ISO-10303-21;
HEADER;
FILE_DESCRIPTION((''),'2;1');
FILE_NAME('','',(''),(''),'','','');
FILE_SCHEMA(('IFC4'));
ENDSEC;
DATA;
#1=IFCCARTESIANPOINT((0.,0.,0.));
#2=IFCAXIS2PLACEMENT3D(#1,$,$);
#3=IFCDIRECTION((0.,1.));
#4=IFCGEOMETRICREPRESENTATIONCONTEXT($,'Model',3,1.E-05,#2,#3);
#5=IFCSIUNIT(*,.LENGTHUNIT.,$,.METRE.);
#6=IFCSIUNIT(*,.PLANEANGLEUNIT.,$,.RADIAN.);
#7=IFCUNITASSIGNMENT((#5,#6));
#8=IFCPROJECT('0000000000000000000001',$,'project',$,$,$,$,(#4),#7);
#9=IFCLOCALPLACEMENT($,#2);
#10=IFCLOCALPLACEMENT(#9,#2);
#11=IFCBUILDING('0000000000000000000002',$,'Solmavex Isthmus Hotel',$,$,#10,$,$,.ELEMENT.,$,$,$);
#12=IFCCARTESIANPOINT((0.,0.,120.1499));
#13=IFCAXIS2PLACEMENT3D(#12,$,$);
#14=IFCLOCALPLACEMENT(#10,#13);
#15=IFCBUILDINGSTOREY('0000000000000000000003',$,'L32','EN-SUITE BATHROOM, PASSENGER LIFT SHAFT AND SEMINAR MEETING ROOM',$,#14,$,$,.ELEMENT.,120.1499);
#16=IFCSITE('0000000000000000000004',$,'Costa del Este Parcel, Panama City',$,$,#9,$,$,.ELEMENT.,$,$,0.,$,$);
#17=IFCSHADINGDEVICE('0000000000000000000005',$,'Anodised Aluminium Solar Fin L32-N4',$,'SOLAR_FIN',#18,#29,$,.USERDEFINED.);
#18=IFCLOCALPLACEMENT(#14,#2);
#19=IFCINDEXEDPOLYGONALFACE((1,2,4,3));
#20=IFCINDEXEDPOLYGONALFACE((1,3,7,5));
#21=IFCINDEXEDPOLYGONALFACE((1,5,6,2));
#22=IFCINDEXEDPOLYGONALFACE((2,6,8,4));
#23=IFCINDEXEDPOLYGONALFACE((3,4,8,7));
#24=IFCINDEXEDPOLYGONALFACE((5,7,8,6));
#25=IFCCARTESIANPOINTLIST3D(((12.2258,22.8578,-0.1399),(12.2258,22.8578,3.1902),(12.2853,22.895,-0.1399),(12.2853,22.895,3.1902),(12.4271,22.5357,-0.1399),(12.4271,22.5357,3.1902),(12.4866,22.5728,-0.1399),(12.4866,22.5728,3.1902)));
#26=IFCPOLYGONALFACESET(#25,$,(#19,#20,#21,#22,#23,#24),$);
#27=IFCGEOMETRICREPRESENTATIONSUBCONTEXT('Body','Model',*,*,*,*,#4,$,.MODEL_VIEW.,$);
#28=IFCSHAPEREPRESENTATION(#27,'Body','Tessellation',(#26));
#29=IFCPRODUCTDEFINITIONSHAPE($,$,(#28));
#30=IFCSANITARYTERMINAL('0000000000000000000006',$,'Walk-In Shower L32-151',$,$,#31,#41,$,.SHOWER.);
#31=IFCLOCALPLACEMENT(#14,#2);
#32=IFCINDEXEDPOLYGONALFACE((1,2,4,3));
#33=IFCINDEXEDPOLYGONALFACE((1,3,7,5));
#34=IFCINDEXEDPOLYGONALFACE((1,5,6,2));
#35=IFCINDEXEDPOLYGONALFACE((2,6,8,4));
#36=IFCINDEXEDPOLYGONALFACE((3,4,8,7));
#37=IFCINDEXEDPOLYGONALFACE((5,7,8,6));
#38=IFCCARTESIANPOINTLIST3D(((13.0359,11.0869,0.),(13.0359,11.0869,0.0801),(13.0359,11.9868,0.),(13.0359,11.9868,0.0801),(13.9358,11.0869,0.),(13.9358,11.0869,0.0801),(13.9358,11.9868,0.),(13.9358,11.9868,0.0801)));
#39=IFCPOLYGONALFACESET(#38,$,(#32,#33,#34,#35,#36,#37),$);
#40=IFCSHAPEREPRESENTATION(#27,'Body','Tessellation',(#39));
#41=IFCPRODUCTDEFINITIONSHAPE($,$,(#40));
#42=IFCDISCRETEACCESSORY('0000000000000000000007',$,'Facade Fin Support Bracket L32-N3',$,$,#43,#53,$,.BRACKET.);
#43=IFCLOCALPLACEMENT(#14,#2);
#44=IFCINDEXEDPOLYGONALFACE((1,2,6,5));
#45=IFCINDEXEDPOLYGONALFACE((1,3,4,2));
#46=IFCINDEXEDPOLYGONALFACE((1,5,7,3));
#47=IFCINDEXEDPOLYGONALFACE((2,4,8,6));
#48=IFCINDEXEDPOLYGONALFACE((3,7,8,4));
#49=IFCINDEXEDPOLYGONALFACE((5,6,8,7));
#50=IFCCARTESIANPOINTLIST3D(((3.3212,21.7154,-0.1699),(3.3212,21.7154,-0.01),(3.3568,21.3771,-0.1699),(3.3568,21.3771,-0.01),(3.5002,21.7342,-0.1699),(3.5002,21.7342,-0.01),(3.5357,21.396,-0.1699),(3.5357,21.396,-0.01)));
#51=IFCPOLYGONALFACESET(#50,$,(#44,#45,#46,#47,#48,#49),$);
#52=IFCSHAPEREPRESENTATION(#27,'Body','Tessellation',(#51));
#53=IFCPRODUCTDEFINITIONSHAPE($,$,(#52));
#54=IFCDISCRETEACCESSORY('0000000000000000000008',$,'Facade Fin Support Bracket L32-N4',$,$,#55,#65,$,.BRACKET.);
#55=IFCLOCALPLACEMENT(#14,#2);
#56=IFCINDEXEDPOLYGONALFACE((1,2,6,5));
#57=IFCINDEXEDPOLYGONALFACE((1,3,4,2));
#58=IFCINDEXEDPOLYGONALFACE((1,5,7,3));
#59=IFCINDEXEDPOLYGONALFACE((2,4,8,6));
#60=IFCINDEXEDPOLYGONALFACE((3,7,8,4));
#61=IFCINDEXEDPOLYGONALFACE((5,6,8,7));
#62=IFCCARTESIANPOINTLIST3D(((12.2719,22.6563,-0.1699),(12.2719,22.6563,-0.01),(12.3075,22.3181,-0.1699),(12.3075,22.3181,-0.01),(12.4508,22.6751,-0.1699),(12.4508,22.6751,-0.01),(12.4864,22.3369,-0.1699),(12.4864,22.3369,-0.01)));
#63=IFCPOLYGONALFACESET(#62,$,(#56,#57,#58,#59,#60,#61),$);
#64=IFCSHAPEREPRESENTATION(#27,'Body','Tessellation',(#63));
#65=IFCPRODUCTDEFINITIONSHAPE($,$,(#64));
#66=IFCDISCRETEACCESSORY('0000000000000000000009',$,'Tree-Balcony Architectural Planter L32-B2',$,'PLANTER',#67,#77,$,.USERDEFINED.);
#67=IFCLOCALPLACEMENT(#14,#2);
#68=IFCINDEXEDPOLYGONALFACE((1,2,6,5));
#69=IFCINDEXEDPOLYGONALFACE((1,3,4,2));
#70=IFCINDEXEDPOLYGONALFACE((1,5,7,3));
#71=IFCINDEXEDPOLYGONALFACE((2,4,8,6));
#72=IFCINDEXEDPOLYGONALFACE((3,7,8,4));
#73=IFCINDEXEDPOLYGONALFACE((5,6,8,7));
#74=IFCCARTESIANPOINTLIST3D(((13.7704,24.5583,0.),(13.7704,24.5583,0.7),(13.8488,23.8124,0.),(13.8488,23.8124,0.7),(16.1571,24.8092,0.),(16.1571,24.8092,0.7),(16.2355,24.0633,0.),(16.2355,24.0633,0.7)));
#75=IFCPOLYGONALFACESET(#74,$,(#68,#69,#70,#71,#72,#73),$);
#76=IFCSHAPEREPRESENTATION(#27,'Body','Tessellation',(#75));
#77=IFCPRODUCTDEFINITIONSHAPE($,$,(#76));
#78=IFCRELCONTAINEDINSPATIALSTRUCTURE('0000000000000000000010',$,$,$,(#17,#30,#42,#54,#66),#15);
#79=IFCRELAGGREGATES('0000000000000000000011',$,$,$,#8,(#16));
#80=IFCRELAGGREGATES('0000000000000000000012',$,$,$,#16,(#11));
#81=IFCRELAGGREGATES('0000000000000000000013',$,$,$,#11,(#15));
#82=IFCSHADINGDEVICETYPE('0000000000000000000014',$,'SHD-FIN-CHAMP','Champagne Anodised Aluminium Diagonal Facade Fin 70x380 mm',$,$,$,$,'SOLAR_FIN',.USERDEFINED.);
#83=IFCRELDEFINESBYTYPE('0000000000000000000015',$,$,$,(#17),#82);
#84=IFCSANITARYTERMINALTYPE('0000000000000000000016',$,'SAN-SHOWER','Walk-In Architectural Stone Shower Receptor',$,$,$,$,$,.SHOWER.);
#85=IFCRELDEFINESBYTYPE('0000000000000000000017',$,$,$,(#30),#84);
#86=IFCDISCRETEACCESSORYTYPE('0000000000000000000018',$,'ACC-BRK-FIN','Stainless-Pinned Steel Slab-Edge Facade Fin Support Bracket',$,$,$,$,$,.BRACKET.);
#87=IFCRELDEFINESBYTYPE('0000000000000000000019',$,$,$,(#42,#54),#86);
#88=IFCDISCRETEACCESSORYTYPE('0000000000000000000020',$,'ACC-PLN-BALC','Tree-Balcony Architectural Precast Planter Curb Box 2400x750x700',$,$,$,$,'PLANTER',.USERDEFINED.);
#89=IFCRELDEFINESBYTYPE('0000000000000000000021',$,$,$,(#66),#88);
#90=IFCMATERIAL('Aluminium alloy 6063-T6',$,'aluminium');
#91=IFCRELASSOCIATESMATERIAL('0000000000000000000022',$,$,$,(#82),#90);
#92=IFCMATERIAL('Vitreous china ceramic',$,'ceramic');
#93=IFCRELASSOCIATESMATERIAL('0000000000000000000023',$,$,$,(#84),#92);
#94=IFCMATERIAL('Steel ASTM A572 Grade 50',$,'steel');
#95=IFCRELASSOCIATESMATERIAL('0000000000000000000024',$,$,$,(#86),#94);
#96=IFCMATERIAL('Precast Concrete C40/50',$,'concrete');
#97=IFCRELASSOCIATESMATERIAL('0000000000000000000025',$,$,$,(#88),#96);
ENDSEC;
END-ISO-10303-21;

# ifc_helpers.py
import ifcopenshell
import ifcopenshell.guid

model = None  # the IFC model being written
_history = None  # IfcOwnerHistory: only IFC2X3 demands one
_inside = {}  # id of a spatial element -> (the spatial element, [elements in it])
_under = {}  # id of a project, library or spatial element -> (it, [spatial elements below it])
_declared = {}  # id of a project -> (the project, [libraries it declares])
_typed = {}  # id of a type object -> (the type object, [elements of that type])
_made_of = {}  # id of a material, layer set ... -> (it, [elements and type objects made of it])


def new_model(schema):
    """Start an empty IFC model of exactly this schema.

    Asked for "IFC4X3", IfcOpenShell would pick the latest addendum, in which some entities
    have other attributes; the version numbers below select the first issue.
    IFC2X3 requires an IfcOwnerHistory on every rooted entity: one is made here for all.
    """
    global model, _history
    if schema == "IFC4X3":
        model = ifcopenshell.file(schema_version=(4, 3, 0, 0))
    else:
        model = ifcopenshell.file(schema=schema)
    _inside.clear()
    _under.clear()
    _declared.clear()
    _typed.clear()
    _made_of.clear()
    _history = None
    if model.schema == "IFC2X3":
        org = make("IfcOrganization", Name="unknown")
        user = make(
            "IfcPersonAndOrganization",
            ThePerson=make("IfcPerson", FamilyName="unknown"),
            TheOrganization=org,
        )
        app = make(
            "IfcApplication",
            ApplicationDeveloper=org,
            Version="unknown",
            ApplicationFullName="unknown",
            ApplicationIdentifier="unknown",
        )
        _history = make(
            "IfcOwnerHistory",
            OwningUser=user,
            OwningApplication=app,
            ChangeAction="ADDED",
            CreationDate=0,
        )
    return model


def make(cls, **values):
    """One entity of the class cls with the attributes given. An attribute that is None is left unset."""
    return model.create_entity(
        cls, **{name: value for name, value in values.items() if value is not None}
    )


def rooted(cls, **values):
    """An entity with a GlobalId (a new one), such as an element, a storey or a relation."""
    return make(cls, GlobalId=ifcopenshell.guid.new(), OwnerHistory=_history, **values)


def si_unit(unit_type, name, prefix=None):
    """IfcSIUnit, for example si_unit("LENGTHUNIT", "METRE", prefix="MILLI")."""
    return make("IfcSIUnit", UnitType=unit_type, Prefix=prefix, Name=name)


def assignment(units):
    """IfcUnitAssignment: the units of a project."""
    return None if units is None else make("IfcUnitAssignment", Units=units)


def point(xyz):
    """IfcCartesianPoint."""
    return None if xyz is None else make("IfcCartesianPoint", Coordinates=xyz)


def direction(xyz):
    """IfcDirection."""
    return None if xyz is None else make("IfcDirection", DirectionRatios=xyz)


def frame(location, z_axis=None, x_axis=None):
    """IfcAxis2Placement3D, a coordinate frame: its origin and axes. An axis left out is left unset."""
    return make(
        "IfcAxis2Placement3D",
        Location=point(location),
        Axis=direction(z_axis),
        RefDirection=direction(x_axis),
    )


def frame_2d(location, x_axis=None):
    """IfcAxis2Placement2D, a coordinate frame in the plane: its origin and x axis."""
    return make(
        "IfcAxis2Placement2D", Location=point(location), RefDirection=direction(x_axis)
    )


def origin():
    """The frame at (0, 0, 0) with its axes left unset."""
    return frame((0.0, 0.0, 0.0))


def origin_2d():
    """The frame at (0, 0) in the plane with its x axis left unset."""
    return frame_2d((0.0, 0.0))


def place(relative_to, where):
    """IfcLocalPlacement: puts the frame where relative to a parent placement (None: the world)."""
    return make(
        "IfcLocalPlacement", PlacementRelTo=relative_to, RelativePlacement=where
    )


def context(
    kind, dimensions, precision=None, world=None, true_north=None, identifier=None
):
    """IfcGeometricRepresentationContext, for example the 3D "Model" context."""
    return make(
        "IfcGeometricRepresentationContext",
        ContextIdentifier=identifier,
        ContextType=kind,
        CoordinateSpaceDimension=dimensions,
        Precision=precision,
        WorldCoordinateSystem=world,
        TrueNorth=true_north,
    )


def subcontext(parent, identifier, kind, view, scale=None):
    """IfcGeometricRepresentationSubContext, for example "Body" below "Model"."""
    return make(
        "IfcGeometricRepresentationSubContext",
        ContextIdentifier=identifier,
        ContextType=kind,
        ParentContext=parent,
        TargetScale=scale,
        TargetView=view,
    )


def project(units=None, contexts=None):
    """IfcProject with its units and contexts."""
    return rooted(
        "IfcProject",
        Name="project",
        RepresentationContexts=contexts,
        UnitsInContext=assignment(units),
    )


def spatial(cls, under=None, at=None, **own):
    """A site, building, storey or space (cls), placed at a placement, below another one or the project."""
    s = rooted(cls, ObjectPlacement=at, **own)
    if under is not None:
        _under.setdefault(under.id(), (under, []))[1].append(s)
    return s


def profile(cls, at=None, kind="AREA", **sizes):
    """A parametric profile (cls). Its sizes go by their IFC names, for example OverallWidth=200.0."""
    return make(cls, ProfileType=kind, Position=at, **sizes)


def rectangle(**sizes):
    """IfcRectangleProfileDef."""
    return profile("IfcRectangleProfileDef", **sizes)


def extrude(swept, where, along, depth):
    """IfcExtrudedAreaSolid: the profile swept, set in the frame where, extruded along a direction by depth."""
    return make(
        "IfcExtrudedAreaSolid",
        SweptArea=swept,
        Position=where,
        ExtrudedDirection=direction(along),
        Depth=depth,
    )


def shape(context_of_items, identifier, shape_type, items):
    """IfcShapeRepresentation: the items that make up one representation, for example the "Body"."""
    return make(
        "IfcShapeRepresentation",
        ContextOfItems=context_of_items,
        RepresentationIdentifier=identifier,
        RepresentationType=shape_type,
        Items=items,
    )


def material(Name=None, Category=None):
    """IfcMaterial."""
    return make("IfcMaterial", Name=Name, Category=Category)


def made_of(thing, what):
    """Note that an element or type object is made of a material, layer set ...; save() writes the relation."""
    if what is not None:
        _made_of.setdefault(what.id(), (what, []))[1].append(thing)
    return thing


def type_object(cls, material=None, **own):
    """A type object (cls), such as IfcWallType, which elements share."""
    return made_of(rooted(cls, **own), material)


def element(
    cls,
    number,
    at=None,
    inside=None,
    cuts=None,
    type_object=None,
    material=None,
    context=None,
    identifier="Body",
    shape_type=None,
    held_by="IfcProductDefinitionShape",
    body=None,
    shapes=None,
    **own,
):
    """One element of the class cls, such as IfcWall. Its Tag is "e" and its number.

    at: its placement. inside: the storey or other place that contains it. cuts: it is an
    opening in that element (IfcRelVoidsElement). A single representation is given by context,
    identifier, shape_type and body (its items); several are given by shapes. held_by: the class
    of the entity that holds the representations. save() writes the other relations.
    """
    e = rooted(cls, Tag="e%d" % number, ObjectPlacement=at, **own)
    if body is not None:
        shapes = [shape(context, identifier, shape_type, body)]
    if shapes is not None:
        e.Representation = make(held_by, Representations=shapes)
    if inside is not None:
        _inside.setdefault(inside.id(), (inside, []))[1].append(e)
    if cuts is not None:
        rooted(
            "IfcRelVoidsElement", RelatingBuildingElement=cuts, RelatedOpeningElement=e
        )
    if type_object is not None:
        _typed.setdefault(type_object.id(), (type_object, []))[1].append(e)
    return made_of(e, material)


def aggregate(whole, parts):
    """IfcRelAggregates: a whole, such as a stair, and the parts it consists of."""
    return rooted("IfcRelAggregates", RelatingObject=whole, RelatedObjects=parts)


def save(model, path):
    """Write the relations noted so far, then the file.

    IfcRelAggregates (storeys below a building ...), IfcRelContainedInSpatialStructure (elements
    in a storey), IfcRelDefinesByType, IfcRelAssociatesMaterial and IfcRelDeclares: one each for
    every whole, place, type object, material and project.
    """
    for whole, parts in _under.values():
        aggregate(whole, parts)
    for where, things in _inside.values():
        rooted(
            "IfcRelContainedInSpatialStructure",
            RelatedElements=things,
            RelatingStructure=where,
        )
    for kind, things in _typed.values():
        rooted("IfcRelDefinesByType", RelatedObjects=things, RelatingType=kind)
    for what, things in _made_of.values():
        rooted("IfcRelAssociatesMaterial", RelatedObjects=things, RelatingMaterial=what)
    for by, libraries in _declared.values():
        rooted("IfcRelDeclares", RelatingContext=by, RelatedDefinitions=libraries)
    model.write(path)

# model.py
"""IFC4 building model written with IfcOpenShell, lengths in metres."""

from ifc_helpers import new_model, si_unit, direction, frame, origin, origin_2d, place, context, subcontext, project, spatial, rectangle, extrude, material, type_object, element, save


model = new_model("IFC4")

# Units and contexts
model_context = context("Model", 3, precision=1e-05, world=origin(), true_north=direction((0.0, 1.0)))
body_context = subcontext(model_context, "Body", "Model", "MODEL_VIEW")
ifc_project = project(units=[si_unit("LENGTHUNIT", "METRE"), si_unit("PLANEANGLEUNIT", "RADIAN")], contexts=[model_context])

# Site, building, storey
site_placement = place(None, origin())
site = spatial("IfcSite", under=ifc_project, at=site_placement, Name="Costa del Este Parcel, Panama City", CompositionType="ELEMENT", RefElevation=0.0)
building_placement = place(site_placement, origin())
building = spatial("IfcBuilding", under=site, at=building_placement, Name="Solmavex Isthmus Hotel", CompositionType="ELEMENT")
storey_placement = place(building_placement, frame((0.0, 0.0, 120.1499)))
storey = spatial("IfcBuildingStorey", under=building, at=storey_placement, Name="L32", Description="EN-SUITE BATHROOM, PASSENGER LIFT SHAFT AND SEMINAR MEETING ROOM", CompositionType="ELEMENT", Elevation=120.1499)

# Shared definitions
ifc_material_1 = material(Name="Aluminium alloy 6063-T6", Category="aluminium")

# Shared definitions
ifc_material_2 = material(Name="Precast Concrete C40/50", Category="concrete")

# Shading device
shading_device_type = type_object("IfcShadingDeviceType", Name="SHD-FIN-CHAMP", Description="Champagne Anodised Aluminium Diagonal Facade Fin 70x380 mm", ElementType="SOLAR_FIN", PredefinedType="USERDEFINED", material=ifc_material_1)
for number, where, z_axis, x_axis, name in (
    (1, (12.3562, 22.7153, -0.1399), (0.0, 0.0, 1.0), (-0.529919, 0.848048, 0.0), "Anodised Aluminium Solar Fin L32-N4"),
):
    element("IfcShadingDevice", number, at=place(storey_placement, frame(where, z_axis=z_axis, x_axis=x_axis)), inside=storey, type_object=shading_device_type, Name=name, ObjectType="SOLAR_FIN", PredefinedType="USERDEFINED", context=body_context, shape_type="SweptSolid", body=[
        extrude(rectangle(XDim=0.3799, YDim=0.0701, at=origin_2d()), origin(), (0.0, 0.0, 1.0), 3.3301),
    ])

# Sanitary terminal
ifc_material_3 = material(Name="Vitreous china ceramic", Category="ceramic")
sanitary_terminal_type = type_object("IfcSanitaryTerminalType", Name="SAN-SHOWER", Description="Walk-In Architectural Stone Shower Receptor", PredefinedType="SHOWER", material=ifc_material_3)
sanitary_terminal_placement = place(storey_placement, frame((13.4858, 11.5369, 0.0), z_axis=(0.0, 0.0, 1.0), x_axis=(1.0, 0.0, 0.0)))
element("IfcSanitaryTerminal", 2, at=sanitary_terminal_placement, inside=storey, type_object=sanitary_terminal_type, Name="Walk-In Shower L32-151", PredefinedType="SHOWER", context=body_context, shape_type="SweptSolid", body=[
    extrude(rectangle(XDim=0.8999, YDim=0.8999, at=origin_2d()), origin(), (0.0, 0.0, 1.0), 0.0801),
])

# Discrete accessories
ifc_material_4 = material(Name="Steel ASTM A572 Grade 50", Category="steel")
discrete_accessory_type_1 = type_object("IfcDiscreteAccessoryType", Name="ACC-BRK-FIN", Description="Stainless-Pinned Steel Slab-Edge Facade Fin Support Bracket", PredefinedType="BRACKET", material=ifc_material_4)
for number, where, z_axis, x_axis, name in (
    (3, (3.4285, 21.5557, -0.1699), (0.0, 0.0, 1.0), (-0.104528, 0.994522, 0.0), "Facade Fin Support Bracket L32-N3"),
    (4, (12.3792, 22.4966, -0.1699), (0.0, 0.0, 1.0), (-0.104528, 0.994522, 0.0), "Facade Fin Support Bracket L32-N4"),
):
    element("IfcDiscreteAccessory", number, at=place(storey_placement, frame(where, z_axis=z_axis, x_axis=x_axis)), inside=storey, type_object=discrete_accessory_type_1, Name=name, PredefinedType="BRACKET", context=body_context, shape_type="SweptSolid", body=[
        extrude(rectangle(XDim=0.3401, YDim=0.1799, at=origin_2d()), origin(), (0.0, 0.0, 1.0), 0.1599),
    ])
discrete_accessory_type_2 = type_object("IfcDiscreteAccessoryType", Name="ACC-PLN-BALC", Description="Tree-Balcony Architectural Precast Planter Curb Box 2400x750x700", ElementType="PLANTER", PredefinedType="USERDEFINED", material=ifc_material_2)
discrete_accessory_placement = place(storey_placement, frame((15.0029, 24.3108, 0.0), z_axis=(0.0, 0.0, 1.0), x_axis=(0.994522, 0.104528, 0.0)))
element("IfcDiscreteAccessory", 5, at=discrete_accessory_placement, inside=storey, type_object=discrete_accessory_type_2, Name="Tree-Balcony Architectural Planter L32-B2", ObjectType="PLANTER", PredefinedType="USERDEFINED", context=body_context, shape_type="SweptSolid", body=[
    extrude(rectangle(XDim=2.3999, YDim=0.75, at=origin_2d()), origin(), (0.0, 0.0, 1.0), 0.7),
])

save(model, "model.ifc")
